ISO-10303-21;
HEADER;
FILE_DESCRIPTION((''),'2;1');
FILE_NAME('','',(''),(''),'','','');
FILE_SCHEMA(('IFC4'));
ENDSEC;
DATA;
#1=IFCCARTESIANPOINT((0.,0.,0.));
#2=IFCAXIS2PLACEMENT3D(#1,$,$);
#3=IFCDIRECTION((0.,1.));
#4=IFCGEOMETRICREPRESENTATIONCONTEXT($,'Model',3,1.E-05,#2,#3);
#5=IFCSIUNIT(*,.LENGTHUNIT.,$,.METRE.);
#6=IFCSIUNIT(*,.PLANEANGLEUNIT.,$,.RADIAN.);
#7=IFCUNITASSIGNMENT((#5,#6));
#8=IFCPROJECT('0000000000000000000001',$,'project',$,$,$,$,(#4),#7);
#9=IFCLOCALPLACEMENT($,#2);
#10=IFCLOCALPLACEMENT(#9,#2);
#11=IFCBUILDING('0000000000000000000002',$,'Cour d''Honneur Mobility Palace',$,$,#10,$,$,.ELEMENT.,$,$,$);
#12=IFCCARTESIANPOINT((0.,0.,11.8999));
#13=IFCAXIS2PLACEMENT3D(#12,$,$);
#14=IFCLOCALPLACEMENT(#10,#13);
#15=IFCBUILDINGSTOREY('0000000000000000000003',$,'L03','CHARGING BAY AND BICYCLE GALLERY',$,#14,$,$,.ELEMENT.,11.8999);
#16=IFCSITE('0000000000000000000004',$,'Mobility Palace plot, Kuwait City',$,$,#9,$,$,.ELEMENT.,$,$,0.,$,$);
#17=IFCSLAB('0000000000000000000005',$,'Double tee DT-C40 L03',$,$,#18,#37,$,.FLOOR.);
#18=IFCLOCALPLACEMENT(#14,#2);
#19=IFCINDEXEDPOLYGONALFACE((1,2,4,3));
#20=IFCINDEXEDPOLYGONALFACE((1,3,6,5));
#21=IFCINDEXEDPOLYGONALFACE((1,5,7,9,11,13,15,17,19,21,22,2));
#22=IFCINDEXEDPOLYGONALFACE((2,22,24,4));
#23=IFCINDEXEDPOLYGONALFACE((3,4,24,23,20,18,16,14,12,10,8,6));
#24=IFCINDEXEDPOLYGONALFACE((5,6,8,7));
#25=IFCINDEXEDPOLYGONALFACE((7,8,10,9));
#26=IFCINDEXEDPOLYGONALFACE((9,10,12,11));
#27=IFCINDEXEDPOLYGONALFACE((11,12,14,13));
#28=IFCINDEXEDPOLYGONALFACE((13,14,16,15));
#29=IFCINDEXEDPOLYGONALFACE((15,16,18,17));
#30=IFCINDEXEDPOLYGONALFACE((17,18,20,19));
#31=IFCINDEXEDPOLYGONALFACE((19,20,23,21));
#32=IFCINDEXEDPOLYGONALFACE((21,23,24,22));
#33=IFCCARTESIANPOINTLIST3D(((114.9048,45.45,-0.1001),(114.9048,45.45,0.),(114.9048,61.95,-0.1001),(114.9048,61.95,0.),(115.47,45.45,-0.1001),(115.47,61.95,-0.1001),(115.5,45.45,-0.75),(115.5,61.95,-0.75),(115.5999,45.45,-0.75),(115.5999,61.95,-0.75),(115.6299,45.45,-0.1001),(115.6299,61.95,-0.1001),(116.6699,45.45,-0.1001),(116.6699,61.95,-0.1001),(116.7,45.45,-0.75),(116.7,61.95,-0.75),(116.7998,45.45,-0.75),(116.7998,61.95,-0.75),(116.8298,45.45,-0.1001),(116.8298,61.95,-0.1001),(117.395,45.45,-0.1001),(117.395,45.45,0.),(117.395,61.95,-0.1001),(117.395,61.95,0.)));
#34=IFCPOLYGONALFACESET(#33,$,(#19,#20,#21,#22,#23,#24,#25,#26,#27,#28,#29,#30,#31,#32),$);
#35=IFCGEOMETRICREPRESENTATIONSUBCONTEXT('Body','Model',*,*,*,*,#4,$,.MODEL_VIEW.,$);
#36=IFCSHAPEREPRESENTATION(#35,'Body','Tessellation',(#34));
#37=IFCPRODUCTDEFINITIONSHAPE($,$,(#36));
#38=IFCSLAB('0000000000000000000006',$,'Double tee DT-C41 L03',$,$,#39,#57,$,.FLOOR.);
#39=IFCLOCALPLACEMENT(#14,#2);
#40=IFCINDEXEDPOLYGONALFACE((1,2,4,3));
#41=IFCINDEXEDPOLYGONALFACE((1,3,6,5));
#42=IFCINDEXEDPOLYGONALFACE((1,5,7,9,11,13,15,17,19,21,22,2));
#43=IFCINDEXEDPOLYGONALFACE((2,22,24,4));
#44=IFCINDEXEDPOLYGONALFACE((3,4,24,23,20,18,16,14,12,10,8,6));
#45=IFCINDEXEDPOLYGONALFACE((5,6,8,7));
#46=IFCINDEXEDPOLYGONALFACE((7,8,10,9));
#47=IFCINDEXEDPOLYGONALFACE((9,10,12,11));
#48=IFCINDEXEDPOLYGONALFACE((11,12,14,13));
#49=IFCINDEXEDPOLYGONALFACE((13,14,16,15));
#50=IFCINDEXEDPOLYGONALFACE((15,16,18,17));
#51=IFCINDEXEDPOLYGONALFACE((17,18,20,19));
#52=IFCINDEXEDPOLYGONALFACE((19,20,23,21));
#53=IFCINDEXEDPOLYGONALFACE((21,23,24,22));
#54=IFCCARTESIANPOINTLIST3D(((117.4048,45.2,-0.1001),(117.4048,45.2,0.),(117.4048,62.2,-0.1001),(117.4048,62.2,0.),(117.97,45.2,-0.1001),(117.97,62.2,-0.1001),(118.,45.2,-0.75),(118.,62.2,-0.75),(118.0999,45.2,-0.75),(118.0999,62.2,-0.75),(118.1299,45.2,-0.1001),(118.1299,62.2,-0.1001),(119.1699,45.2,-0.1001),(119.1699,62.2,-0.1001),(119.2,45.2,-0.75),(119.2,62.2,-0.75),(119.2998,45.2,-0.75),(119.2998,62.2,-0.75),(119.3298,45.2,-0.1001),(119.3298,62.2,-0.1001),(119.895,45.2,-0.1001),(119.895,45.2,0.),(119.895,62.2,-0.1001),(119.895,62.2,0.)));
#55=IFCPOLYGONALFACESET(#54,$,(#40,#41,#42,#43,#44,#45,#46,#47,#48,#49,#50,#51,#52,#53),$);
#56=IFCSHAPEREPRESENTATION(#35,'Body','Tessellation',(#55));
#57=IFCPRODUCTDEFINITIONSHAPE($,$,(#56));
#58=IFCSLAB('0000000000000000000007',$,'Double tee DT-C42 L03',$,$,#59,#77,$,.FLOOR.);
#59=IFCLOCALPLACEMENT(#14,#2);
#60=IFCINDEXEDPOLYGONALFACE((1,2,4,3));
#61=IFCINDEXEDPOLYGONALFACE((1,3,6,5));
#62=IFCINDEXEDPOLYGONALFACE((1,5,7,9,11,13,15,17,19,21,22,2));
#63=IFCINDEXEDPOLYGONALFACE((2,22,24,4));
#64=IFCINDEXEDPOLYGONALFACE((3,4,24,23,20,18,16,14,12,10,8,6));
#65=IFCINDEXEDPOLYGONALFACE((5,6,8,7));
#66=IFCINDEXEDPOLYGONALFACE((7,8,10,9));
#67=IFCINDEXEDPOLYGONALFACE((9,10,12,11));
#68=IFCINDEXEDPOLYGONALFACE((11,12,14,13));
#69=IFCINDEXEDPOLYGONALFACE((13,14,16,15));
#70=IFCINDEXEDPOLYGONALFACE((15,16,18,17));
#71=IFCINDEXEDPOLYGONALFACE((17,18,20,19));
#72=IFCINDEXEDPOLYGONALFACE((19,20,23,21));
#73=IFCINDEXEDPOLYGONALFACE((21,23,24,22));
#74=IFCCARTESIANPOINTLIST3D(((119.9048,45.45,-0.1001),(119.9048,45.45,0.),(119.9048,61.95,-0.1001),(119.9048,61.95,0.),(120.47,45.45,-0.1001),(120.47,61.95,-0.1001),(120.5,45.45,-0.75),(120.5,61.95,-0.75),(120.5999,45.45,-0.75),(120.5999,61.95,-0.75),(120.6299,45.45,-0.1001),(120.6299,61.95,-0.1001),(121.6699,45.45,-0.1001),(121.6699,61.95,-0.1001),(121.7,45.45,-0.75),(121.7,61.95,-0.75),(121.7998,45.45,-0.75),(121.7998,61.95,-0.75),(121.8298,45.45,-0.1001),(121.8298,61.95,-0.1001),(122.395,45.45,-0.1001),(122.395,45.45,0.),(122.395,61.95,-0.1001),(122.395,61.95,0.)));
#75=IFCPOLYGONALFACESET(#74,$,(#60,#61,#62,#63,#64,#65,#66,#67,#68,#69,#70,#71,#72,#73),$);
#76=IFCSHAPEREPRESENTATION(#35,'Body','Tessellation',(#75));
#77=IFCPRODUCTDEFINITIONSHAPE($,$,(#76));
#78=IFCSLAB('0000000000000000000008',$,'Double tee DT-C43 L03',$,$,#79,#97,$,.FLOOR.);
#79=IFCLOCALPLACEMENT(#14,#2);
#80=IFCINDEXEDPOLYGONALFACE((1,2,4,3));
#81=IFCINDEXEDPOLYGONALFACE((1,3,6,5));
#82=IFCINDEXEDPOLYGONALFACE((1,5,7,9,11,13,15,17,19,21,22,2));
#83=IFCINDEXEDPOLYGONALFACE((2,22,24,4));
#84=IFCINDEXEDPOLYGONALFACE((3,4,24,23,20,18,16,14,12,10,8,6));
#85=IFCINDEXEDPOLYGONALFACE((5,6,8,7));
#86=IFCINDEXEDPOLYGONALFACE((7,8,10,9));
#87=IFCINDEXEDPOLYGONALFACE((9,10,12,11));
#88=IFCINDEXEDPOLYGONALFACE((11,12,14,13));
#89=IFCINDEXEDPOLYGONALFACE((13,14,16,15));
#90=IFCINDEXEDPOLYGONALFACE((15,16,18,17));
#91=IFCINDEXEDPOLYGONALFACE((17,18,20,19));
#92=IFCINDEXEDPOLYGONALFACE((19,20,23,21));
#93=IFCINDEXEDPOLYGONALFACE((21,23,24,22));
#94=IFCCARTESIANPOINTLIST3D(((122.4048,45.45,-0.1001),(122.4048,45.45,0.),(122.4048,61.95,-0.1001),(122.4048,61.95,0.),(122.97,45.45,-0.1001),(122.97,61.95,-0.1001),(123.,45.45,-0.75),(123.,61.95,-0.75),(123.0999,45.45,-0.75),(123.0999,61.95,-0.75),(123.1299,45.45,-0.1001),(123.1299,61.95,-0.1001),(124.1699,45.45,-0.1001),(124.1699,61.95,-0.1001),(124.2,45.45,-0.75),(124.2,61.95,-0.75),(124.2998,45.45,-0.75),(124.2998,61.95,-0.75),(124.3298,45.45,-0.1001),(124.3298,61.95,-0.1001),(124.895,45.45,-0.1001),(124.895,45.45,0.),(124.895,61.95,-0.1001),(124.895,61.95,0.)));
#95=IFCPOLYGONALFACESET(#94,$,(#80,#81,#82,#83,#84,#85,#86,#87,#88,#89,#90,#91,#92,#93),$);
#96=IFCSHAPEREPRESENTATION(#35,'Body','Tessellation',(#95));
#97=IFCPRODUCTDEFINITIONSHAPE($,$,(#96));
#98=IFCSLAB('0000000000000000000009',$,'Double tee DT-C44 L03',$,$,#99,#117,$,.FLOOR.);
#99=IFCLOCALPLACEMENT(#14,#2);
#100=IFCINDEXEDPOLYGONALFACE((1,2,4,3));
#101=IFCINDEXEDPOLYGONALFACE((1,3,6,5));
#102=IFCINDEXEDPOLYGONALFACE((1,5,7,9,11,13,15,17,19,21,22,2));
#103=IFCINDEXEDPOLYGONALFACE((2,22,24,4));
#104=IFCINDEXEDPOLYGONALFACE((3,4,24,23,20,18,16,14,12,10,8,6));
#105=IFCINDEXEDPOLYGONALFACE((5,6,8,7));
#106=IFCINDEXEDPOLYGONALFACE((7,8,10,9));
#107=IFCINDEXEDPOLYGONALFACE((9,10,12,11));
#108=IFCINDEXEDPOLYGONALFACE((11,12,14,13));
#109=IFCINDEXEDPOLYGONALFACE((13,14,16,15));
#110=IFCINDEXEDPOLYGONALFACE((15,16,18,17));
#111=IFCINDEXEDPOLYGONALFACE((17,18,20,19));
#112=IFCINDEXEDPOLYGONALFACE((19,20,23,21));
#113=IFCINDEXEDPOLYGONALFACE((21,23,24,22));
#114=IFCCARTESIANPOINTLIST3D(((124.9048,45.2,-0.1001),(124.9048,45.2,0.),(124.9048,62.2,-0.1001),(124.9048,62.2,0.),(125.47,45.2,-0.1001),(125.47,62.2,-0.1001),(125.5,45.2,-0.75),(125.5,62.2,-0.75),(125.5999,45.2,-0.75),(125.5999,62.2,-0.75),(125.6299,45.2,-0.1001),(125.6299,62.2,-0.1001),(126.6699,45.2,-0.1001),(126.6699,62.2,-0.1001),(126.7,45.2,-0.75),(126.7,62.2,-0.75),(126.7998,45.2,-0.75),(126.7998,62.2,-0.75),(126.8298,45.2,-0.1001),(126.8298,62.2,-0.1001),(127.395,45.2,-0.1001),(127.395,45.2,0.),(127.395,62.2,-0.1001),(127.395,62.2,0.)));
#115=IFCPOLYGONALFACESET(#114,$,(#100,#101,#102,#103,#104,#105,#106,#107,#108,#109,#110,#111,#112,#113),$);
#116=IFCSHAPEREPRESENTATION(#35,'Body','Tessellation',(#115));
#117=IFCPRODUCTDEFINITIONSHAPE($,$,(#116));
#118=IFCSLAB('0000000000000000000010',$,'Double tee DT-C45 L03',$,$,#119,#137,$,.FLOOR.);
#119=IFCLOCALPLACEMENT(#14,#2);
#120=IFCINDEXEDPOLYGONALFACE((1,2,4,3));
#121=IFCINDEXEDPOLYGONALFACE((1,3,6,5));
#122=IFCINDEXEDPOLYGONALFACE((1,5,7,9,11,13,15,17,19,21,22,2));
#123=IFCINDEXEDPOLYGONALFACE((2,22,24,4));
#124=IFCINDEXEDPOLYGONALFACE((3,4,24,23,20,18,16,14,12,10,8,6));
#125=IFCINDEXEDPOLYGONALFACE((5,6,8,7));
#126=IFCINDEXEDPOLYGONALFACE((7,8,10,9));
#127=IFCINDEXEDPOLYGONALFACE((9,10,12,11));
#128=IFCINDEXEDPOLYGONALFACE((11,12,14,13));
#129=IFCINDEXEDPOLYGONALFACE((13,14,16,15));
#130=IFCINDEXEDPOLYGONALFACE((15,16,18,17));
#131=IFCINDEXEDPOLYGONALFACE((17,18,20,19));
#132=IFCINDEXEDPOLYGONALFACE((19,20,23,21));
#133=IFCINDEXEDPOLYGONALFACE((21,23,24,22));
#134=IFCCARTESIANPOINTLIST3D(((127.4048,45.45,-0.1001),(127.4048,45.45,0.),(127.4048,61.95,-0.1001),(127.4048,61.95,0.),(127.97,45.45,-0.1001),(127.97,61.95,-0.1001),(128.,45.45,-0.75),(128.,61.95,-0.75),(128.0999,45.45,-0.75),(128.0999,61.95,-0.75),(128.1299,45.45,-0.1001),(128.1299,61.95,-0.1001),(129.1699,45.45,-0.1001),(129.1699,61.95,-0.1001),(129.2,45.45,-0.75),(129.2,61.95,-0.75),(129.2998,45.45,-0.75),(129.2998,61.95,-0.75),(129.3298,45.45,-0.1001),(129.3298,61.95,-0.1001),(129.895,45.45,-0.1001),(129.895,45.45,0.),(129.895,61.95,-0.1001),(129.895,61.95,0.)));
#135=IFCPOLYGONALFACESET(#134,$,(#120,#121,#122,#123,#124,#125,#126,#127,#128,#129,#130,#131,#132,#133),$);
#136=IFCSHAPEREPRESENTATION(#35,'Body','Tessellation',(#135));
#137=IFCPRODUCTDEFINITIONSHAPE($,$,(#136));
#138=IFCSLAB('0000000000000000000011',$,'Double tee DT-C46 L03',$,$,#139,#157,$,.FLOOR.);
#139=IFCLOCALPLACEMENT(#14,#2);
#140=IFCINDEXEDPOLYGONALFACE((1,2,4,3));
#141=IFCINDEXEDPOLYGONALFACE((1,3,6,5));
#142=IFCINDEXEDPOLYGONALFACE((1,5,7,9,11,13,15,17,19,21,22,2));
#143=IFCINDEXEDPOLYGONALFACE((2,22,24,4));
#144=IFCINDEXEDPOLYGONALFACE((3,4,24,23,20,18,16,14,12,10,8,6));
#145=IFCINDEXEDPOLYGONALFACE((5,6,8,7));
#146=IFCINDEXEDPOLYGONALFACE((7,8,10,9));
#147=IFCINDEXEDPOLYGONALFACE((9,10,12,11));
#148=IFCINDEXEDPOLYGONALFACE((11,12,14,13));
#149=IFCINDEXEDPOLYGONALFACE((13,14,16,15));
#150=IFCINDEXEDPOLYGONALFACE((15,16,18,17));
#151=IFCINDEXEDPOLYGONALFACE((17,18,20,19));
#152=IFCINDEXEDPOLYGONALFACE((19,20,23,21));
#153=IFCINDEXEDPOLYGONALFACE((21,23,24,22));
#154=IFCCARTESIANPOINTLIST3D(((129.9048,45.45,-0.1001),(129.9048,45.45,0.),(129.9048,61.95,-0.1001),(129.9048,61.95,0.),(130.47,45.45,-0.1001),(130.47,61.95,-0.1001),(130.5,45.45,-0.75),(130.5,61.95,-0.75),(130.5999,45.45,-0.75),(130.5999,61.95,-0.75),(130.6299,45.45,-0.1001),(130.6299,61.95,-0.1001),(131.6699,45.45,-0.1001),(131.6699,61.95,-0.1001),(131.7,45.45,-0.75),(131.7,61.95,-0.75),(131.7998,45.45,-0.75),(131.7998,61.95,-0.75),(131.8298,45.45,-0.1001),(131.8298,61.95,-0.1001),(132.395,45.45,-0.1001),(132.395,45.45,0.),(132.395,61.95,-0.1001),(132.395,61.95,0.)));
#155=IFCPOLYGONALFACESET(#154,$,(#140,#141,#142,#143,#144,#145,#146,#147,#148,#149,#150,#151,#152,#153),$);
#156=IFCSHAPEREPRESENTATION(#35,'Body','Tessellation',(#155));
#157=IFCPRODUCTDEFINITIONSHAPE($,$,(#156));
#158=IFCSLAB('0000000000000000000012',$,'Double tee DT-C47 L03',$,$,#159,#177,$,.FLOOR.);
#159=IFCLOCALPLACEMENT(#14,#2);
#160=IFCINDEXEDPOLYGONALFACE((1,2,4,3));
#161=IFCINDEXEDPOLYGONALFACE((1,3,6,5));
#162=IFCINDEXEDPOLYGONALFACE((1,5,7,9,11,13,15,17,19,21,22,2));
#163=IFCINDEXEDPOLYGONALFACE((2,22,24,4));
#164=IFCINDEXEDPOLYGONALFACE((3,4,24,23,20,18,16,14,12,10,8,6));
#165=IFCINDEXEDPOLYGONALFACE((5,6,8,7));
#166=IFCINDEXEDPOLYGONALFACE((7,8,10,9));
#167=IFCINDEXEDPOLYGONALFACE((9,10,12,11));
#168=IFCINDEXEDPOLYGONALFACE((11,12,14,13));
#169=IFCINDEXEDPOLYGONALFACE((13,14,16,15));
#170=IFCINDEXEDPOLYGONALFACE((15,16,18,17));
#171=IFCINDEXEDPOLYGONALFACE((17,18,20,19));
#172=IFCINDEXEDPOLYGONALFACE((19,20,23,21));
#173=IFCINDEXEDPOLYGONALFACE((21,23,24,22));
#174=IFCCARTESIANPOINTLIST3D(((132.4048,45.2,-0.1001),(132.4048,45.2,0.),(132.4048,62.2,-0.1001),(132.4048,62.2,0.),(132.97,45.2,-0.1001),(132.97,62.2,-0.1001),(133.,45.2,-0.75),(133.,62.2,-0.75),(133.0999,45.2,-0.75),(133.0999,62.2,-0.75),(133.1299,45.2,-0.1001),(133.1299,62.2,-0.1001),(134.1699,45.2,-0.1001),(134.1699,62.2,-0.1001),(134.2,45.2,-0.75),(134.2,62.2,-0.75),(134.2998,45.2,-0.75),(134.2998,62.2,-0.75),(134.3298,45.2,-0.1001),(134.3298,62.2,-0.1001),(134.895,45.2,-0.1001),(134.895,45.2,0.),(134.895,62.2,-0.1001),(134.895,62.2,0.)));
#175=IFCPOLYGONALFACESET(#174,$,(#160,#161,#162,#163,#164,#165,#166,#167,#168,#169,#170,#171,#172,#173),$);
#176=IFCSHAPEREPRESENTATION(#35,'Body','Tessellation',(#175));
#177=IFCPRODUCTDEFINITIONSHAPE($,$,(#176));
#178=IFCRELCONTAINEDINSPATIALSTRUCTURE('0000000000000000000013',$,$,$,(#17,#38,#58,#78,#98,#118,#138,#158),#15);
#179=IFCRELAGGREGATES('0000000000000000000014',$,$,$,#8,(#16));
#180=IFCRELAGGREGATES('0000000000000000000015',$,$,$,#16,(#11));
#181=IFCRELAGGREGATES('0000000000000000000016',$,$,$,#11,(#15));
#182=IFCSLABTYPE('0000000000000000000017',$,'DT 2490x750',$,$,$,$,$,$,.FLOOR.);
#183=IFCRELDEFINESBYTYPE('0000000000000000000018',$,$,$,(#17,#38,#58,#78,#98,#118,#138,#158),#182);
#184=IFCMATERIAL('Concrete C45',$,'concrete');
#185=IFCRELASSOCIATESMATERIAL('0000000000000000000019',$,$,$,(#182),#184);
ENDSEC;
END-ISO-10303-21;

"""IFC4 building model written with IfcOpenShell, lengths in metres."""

from ifc_helpers import new_model, si_unit, direction, frame, origin, place, context, subcontext, project, spatial, polyline, outline, extrude, material, material_profile, profile_set, type_object, element, save


model = new_model("IFC4")

# Units and contexts
model_context = context("Model", 3, precision=1e-05, world=origin(), true_north=direction((0.0, 1.0)))
body_context = subcontext(model_context, "Body", "Model", "MODEL_VIEW")
ifc_project = project(units=[si_unit("LENGTHUNIT", "METRE"), si_unit("PLANEANGLEUNIT", "RADIAN")], contexts=[model_context])

# Site, building, storey
site_placement = place(None, origin())
site = spatial("IfcSite", under=ifc_project, at=site_placement, Name="Mobility Palace plot, Kuwait City", CompositionType="ELEMENT", RefElevation=0.0)
building_placement = place(site_placement, origin())
building = spatial("IfcBuilding", under=site, at=building_placement, Name="Cour d'Honneur Mobility Palace", CompositionType="ELEMENT")
storey_placement = place(building_placement, frame((0.0, 0.0, 11.8999)))
storey = spatial("IfcBuildingStorey", under=building, at=storey_placement, Name="L03", Description="CHARGING BAY AND BICYCLE GALLERY", CompositionType="ELEMENT", Elevation=11.8999)

# Slabs
ifc_material_1 = material(Name="Concrete C45", Category="concrete")
ifc_material_profile_1 = material_profile(ifc_material_1, outline(polyline([(-1.2451, 0.0), (1.2451, 0.0), (1.2451, -0.1001), (0.6799, -0.1001), (0.6499, -0.75), (0.55, -0.75), (0.52, -0.1001), (-0.52, -0.1001), (-0.55, -0.75), (-0.6499, -0.75), (-0.6799, -0.1001), (-1.2451, -0.1001), (-1.2451, 0.0)])), Name="DT 2490x750")
ifc_profile_set_1 = profile_set([ifc_material_profile_1], Name="Concrete C45")
slab_type = type_object("IfcSlabType", Name="DT 2490x750", PredefinedType="FLOOR", material=ifc_profile_set_1)
slab_1_placement = place(storey_placement, frame((116.1499, 45.45, 0.0), z_axis=(0.0, 1.0, 0.0), x_axis=(-1.0, 0.0, 0.0)))
element("IfcSlab", 1, at=slab_1_placement, inside=storey, type_object=slab_type, Name="Double tee DT-C40 L03", PredefinedType="FLOOR", context=body_context, shape_type="SweptSolid", body=[
    extrude(outline(polyline([(-1.2451, 0.0), (1.2451, 0.0), (1.2451, -0.1001), (0.6799, -0.1001), (0.6499, -0.75), (0.55, -0.75), (0.52, -0.1001), (-0.52, -0.1001), (-0.55, -0.75), (-0.6499, -0.75), (-0.6799, -0.1001), (-1.2451, -0.1001), (-1.2451, 0.0)])), origin(), (0.0, 0.0, 1.0), 16.5),
])
slab_2_placement = place(storey_placement, frame((118.6499, 45.2, 0.0), z_axis=(0.0, 1.0, 0.0), x_axis=(-1.0, 0.0, 0.0)))
element("IfcSlab", 2, at=slab_2_placement, inside=storey, type_object=slab_type, Name="Double tee DT-C41 L03", PredefinedType="FLOOR", context=body_context, shape_type="SweptSolid", body=[
    extrude(outline(polyline([(-1.2451, 0.0), (1.2451, 0.0), (1.2451, -0.1001), (0.6799, -0.1001), (0.6499, -0.75), (0.55, -0.75), (0.52, -0.1001), (-0.52, -0.1001), (-0.55, -0.75), (-0.6499, -0.75), (-0.6799, -0.1001), (-1.2451, -0.1001), (-1.2451, 0.0)])), origin(), (0.0, 0.0, 1.0), 17.0),
])
for number, where, z_axis, x_axis, name in (
    (3, (121.1499, 45.45, 0.0), (0.0, 1.0, 0.0), (-1.0, 0.0, 0.0), "Double tee DT-C42 L03"),
    (4, (123.6499, 45.45, 0.0), (0.0, 1.0, 0.0), (-1.0, 0.0, 0.0), "Double tee DT-C43 L03"),
):
    element("IfcSlab", number, at=place(storey_placement, frame(where, z_axis=z_axis, x_axis=x_axis)), inside=storey, type_object=slab_type, Name=name, PredefinedType="FLOOR", context=body_context, shape_type="SweptSolid", body=[
        extrude(outline(polyline([(-1.2451, 0.0), (1.2451, 0.0), (1.2451, -0.1001), (0.6799, -0.1001), (0.6499, -0.75), (0.55, -0.75), (0.52, -0.1001), (-0.52, -0.1001), (-0.55, -0.75), (-0.6499, -0.75), (-0.6799, -0.1001), (-1.2451, -0.1001), (-1.2451, 0.0)])), origin(), (0.0, 0.0, 1.0), 16.5),
    ])
slab_3_placement = place(storey_placement, frame((126.1499, 45.2, 0.0), z_axis=(0.0, 1.0, 0.0), x_axis=(-1.0, 0.0, 0.0)))
element("IfcSlab", 5, at=slab_3_placement, inside=storey, type_object=slab_type, Name="Double tee DT-C44 L03", PredefinedType="FLOOR", context=body_context, shape_type="SweptSolid", body=[
    extrude(outline(polyline([(-1.2451, 0.0), (1.2451, 0.0), (1.2451, -0.1001), (0.6799, -0.1001), (0.6499, -0.75), (0.55, -0.75), (0.52, -0.1001), (-0.52, -0.1001), (-0.55, -0.75), (-0.6499, -0.75), (-0.6799, -0.1001), (-1.2451, -0.1001), (-1.2451, 0.0)])), origin(), (0.0, 0.0, 1.0), 17.0),
])
for number, where, z_axis, x_axis, name in (
    (6, (128.6499, 45.45, 0.0), (0.0, 1.0, 0.0), (-1.0, 0.0, 0.0), "Double tee DT-C45 L03"),
    (7, (131.1499, 45.45, 0.0), (0.0, 1.0, 0.0), (-1.0, 0.0, 0.0), "Double tee DT-C46 L03"),
):
    element("IfcSlab", number, at=place(storey_placement, frame(where, z_axis=z_axis, x_axis=x_axis)), inside=storey, type_object=slab_type, Name=name, PredefinedType="FLOOR", context=body_context, shape_type="SweptSolid", body=[
        extrude(outline(polyline([(-1.2451, 0.0), (1.2451, 0.0), (1.2451, -0.1001), (0.6799, -0.1001), (0.6499, -0.75), (0.55, -0.75), (0.52, -0.1001), (-0.52, -0.1001), (-0.55, -0.75), (-0.6499, -0.75), (-0.6799, -0.1001), (-1.2451, -0.1001), (-1.2451, 0.0)])), origin(), (0.0, 0.0, 1.0), 16.5),
    ])
slab_4_placement = place(storey_placement, frame((133.6499, 45.2, 0.0), z_axis=(0.0, 1.0, 0.0), x_axis=(-1.0, 0.0, 0.0)))
element("IfcSlab", 8, at=slab_4_placement, inside=storey, type_object=slab_type, Name="Double tee DT-C47 L03", PredefinedType="FLOOR", context=body_context, shape_type="SweptSolid", body=[
    extrude(outline(polyline([(-1.2451, 0.0), (1.2451, 0.0), (1.2451, -0.1001), (0.6799, -0.1001), (0.6499, -0.75), (0.55, -0.75), (0.52, -0.1001), (-0.52, -0.1001), (-0.55, -0.75), (-0.6499, -0.75), (-0.6799, -0.1001), (-1.2451, -0.1001), (-1.2451, 0.0)])), origin(), (0.0, 0.0, 1.0), 17.0),
])

save(model, "model.ifc")
